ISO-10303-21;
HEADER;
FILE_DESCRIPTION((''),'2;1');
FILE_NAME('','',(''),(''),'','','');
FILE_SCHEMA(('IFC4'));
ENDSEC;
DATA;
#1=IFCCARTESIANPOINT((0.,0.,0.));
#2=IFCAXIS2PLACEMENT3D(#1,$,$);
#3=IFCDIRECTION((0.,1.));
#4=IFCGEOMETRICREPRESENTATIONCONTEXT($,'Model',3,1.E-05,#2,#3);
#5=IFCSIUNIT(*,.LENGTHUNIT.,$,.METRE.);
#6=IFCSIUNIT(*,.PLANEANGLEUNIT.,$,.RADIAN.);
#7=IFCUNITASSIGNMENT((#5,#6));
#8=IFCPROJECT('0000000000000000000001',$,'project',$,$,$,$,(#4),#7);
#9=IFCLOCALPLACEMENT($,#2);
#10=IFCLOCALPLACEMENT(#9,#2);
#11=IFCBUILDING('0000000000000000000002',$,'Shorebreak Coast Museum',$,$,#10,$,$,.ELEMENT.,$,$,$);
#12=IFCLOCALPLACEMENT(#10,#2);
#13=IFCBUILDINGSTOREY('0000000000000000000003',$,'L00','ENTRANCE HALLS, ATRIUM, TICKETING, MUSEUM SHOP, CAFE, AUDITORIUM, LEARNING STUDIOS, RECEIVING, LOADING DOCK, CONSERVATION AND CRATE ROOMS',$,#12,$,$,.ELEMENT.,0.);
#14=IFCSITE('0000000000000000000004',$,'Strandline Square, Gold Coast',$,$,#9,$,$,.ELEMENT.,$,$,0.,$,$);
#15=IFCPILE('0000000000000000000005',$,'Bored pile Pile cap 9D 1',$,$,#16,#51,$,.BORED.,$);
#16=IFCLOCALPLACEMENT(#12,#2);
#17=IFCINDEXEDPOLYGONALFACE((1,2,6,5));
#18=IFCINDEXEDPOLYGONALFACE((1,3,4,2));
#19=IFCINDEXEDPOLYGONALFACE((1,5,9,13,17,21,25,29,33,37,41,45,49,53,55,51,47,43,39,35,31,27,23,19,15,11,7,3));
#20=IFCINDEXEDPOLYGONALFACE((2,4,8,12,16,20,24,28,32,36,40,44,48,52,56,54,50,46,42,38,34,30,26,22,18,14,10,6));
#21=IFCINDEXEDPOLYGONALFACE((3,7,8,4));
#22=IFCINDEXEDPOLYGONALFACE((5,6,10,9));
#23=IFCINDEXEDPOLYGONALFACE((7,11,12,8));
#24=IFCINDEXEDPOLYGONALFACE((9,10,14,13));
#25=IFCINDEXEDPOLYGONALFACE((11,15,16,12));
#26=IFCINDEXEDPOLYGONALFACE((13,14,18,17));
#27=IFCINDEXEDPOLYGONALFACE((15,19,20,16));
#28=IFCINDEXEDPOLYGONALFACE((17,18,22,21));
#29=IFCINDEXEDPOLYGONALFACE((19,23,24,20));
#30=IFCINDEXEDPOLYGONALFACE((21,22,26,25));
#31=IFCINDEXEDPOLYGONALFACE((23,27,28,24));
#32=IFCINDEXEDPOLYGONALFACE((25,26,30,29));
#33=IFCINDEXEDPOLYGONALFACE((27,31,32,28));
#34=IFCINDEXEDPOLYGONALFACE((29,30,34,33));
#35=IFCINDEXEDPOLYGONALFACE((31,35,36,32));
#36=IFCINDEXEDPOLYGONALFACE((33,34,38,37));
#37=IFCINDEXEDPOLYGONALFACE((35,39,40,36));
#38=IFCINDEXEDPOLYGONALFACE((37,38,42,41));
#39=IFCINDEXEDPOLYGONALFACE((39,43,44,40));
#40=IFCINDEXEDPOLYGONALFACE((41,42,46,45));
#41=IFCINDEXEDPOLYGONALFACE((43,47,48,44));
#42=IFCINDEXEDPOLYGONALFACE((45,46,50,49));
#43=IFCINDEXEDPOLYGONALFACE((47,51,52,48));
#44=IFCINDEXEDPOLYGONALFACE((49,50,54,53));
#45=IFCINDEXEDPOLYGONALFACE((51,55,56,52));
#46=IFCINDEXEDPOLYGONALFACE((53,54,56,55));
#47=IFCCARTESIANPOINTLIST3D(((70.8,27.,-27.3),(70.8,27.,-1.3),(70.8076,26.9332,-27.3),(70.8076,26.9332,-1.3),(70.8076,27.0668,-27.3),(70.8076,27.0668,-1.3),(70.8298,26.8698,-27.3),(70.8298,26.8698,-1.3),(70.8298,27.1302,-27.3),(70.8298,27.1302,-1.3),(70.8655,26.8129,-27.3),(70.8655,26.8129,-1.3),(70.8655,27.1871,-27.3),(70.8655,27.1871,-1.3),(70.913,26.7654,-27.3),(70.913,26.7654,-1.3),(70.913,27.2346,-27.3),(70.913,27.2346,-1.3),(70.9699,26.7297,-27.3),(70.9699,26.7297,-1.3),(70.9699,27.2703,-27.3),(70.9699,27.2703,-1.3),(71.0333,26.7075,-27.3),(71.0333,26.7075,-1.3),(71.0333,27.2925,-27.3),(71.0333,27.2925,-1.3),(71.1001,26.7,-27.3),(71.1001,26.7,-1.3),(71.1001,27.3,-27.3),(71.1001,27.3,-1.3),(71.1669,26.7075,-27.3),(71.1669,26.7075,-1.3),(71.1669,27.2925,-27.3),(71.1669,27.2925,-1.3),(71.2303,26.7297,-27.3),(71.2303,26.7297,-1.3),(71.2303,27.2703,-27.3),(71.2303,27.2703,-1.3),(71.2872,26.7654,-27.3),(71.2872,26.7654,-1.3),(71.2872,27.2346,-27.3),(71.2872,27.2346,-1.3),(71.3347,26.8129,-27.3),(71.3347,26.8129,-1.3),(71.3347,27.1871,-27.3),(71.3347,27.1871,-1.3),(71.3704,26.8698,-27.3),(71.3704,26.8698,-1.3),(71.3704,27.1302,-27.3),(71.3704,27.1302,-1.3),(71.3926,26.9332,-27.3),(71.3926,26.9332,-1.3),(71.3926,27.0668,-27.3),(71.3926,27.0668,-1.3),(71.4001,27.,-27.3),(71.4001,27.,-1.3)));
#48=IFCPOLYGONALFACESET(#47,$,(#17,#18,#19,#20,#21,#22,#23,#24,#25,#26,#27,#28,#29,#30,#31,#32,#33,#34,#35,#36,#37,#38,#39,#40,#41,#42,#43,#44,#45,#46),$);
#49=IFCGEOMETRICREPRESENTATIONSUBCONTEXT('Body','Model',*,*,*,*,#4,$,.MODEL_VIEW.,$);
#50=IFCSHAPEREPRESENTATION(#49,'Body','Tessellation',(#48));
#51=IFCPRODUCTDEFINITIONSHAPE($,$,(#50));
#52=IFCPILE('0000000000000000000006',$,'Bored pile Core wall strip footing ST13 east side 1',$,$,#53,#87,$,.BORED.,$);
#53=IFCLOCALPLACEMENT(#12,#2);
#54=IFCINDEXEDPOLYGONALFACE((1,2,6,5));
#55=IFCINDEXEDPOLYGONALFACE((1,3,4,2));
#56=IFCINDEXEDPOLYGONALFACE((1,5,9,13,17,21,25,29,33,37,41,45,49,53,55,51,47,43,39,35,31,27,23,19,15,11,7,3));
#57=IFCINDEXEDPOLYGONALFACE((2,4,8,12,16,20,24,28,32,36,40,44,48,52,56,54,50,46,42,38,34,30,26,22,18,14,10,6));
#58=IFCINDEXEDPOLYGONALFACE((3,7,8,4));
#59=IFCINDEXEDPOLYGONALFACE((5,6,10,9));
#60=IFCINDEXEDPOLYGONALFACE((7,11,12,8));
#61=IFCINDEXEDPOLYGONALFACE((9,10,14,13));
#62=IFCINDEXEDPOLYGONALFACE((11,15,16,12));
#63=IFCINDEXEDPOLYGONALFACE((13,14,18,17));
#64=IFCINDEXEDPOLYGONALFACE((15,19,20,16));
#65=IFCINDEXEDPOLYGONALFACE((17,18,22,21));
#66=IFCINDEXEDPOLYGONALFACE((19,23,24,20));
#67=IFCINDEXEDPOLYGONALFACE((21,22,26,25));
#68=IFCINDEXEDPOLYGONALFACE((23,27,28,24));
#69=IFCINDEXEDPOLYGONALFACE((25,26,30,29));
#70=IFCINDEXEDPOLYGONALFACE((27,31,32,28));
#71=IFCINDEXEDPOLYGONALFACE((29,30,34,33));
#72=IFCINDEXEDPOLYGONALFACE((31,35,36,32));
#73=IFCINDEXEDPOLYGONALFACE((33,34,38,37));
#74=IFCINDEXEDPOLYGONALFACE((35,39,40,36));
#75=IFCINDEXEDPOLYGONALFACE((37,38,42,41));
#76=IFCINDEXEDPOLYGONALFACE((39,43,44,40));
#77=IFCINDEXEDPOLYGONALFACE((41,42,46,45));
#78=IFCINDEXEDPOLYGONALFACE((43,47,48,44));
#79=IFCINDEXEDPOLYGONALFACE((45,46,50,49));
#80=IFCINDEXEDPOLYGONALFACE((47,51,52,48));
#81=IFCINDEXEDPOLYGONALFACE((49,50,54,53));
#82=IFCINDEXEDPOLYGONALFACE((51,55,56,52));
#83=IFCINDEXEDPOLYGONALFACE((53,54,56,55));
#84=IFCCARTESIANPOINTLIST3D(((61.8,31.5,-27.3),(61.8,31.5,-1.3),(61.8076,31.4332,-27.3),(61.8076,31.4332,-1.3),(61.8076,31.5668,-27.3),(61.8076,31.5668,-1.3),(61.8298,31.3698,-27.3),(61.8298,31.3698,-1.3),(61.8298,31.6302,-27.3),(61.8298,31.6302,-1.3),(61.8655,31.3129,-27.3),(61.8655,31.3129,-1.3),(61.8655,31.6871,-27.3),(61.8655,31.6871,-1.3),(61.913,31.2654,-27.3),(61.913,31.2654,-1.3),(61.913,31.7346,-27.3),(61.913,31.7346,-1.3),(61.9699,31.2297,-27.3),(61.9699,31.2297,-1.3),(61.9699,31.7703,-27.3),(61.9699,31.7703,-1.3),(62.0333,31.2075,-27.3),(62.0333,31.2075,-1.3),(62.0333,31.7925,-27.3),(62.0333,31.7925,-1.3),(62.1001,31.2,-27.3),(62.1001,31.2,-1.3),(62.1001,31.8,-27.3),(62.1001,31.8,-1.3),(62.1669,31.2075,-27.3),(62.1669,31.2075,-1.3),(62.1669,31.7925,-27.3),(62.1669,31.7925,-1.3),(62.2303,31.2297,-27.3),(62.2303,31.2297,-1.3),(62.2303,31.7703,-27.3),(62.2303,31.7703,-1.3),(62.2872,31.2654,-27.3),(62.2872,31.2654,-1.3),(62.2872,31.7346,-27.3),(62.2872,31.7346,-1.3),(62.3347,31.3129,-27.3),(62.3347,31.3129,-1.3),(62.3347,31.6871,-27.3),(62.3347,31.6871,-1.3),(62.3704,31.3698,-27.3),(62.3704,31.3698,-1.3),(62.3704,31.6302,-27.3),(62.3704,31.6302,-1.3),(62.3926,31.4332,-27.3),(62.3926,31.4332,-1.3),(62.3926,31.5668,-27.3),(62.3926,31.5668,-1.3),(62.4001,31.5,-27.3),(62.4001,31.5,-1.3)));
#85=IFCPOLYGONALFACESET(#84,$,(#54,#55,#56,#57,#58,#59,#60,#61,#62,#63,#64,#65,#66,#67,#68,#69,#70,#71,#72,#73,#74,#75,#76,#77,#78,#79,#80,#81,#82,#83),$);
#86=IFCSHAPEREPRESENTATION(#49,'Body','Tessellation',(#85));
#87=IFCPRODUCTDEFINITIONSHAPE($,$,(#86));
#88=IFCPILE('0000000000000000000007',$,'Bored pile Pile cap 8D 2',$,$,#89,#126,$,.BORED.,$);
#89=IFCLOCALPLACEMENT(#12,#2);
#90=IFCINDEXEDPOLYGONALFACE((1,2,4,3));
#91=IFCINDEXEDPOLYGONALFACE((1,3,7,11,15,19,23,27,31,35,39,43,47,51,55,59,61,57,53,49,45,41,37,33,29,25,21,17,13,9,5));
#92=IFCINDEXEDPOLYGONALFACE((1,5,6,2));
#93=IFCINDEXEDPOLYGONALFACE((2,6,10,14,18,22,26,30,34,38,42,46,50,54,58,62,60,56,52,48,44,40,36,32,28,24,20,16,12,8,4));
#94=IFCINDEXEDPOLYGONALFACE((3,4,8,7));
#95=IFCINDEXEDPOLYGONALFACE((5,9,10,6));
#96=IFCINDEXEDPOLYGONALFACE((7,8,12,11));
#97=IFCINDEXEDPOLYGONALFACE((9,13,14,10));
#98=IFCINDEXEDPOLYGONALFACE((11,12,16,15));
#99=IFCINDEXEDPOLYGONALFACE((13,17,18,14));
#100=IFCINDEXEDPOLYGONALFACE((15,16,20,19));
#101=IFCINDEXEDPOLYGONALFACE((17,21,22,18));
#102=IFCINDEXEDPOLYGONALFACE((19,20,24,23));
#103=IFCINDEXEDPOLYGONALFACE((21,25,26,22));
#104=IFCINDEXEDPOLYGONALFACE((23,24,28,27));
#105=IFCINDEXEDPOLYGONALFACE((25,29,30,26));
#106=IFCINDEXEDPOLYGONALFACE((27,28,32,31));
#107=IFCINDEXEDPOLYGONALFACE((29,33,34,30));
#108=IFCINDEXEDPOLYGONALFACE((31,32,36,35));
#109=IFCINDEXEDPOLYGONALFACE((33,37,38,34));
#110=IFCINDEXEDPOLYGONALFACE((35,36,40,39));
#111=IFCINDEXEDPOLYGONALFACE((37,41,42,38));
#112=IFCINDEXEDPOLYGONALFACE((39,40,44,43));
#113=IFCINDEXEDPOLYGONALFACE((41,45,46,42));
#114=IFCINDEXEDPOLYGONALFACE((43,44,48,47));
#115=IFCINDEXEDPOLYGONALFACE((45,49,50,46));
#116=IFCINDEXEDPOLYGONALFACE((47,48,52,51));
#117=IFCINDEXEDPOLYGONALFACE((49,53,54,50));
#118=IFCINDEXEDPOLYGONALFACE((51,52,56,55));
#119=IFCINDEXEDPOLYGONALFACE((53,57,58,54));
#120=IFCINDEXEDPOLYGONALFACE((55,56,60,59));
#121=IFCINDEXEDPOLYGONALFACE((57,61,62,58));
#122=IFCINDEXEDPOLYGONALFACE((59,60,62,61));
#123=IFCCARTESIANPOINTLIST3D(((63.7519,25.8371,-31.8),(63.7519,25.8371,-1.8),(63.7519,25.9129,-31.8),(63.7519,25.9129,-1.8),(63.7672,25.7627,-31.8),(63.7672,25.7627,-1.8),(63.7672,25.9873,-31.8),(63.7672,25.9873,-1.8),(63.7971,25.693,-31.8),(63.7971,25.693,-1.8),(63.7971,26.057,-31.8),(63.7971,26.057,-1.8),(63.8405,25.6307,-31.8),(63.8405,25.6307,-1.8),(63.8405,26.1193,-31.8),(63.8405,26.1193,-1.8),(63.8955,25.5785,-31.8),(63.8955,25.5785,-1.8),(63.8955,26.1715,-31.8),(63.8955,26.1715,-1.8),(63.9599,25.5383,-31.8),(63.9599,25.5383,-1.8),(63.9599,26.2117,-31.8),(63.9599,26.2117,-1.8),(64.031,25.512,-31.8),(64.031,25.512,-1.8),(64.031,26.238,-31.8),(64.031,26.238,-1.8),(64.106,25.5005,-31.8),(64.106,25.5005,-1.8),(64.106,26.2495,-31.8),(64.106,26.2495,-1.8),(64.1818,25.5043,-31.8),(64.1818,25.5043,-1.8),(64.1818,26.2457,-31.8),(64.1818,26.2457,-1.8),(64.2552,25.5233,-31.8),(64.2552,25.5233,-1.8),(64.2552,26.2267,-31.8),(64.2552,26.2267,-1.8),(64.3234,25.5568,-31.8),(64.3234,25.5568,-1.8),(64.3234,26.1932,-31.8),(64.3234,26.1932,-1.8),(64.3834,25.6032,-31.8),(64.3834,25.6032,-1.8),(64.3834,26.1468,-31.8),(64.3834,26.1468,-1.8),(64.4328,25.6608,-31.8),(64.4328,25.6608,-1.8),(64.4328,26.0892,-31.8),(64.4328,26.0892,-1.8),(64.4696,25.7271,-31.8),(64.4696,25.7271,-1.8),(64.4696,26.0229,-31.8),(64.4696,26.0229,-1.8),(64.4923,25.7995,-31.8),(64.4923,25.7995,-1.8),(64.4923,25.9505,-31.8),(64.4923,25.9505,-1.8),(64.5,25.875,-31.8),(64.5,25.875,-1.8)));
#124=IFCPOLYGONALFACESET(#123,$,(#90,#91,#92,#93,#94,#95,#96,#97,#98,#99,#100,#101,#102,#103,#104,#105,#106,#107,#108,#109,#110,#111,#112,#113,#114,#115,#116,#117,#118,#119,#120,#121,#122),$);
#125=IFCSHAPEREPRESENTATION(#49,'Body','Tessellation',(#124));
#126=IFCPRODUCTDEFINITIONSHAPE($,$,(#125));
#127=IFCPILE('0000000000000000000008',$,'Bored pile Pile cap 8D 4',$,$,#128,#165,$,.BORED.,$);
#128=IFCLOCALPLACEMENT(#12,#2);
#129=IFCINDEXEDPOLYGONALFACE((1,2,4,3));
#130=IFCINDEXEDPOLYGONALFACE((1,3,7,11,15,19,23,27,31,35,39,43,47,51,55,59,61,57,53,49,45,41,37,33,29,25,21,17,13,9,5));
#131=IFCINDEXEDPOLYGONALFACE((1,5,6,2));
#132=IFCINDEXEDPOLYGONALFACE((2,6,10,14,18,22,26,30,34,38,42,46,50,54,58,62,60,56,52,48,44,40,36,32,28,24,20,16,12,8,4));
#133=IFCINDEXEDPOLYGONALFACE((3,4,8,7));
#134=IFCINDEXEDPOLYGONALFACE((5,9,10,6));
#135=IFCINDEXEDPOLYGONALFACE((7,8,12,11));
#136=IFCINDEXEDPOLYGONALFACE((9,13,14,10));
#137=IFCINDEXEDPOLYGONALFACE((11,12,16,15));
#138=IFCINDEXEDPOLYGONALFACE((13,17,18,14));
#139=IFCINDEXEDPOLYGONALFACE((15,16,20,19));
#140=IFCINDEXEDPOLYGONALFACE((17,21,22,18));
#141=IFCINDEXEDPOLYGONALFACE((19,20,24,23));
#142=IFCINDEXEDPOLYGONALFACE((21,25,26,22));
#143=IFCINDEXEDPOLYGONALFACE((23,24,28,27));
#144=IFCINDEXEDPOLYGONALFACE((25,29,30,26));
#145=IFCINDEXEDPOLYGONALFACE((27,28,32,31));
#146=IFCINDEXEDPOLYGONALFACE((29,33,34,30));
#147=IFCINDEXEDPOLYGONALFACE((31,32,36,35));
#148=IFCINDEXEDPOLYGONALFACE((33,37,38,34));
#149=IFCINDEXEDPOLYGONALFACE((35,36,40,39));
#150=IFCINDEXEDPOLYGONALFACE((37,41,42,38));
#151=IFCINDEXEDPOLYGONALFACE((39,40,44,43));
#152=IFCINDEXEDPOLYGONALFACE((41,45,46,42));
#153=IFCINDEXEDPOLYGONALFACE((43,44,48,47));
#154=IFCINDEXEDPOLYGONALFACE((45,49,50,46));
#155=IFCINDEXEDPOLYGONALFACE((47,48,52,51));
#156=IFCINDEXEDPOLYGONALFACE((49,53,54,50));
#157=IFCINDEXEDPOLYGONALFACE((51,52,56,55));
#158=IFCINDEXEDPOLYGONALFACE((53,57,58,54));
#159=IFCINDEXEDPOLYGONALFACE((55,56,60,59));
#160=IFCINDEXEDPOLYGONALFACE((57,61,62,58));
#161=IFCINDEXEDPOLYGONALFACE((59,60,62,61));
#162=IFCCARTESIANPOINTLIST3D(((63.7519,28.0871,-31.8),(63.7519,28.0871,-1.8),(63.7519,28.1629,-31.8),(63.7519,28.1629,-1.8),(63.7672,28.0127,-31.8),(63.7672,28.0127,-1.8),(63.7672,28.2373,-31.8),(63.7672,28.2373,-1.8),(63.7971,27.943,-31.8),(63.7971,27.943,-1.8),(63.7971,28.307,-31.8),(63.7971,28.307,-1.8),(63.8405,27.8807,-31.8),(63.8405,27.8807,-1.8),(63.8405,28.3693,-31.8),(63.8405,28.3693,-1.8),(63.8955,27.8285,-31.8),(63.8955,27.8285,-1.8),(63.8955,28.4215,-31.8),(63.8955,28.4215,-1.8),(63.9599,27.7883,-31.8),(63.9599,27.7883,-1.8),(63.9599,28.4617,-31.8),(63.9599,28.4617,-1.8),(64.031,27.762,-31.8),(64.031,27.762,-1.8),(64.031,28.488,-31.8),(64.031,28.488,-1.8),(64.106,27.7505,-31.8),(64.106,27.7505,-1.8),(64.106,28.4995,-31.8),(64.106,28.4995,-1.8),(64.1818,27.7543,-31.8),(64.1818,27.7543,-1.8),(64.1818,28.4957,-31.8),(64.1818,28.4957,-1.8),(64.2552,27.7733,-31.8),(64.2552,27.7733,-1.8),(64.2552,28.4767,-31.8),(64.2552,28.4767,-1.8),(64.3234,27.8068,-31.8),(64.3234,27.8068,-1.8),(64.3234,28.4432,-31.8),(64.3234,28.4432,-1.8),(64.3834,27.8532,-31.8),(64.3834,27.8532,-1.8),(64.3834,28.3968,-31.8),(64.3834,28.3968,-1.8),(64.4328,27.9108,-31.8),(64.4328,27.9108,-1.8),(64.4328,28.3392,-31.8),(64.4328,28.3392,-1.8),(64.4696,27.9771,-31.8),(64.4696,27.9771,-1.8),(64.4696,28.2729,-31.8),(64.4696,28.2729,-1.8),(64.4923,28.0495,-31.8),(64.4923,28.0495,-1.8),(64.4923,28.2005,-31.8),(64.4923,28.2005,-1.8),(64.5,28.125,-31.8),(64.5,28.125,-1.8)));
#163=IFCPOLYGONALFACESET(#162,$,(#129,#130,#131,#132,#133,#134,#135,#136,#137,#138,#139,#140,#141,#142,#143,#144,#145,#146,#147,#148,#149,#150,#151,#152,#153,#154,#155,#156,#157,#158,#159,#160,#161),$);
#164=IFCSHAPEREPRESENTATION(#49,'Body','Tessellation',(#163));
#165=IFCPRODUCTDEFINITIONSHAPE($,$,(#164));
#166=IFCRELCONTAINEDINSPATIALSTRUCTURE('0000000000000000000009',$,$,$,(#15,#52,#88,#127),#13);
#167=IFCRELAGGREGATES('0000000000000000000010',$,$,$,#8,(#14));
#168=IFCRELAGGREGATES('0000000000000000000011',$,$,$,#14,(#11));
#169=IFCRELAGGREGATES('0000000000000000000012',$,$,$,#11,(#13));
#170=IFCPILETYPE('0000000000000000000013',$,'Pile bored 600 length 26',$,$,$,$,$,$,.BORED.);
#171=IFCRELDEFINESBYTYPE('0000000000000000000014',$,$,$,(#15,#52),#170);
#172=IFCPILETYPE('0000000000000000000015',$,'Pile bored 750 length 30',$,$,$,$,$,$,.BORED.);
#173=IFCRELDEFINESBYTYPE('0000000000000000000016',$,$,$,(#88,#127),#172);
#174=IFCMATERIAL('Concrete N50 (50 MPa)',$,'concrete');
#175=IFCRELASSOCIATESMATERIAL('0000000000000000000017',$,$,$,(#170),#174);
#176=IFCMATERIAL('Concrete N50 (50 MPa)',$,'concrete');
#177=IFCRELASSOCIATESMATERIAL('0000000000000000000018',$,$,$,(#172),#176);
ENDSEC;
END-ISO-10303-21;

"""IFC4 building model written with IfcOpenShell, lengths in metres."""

from ifc_helpers import new_model, si_unit, direction, frame, origin, origin_2d, place, context, subcontext, project, spatial, circle, extrude, material, material_profile, profile_set, type_object, element, save


model = new_model("IFC4")

# Units and contexts
model_context = context("Model", 3, precision=1e-05, world=origin(), true_north=direction((0.0, 1.0)))
body_context = subcontext(model_context, "Body", "Model", "MODEL_VIEW")
ifc_project = project(units=[si_unit("LENGTHUNIT", "METRE"), si_unit("PLANEANGLEUNIT", "RADIAN")], contexts=[model_context])

# Site, building, storey
site_placement = place(None, origin())
site = spatial("IfcSite", under=ifc_project, at=site_placement, Name="Strandline Square, Gold Coast", CompositionType="ELEMENT", RefElevation=0.0)
building_placement = place(site_placement, origin())
building = spatial("IfcBuilding", under=site, at=building_placement, Name="Shorebreak Coast Museum", CompositionType="ELEMENT")
storey_placement = place(building_placement, origin())
storey = spatial("IfcBuildingStorey", under=building, at=storey_placement, Name="L00", Description="ENTRANCE HALLS, ATRIUM, TICKETING, MUSEUM SHOP, CAFE, AUDITORIUM, LEARNING STUDIOS, RECEIVING, LOADING DOCK, CONSERVATION AND CRATE ROOMS", CompositionType="ELEMENT", Elevation=0.0)

# Piles
ifc_material_1 = material(Name="Concrete N50 (50 MPa)", Category="concrete")
ifc_material_profile_1 = material_profile(ifc_material_1, circle(Radius=0.3, at=origin_2d()), Name="Pile bored 600 length 26")
ifc_profile_set_1 = profile_set([ifc_material_profile_1], Name="Concrete N50 (50 MPa)")
pile_type_1 = type_object("IfcPileType", Name="Pile bored 600 length 26", PredefinedType="BORED", material=ifc_profile_set_1)
for number, where, z_axis, x_axis, name in (
    (1, (71.1001, 27.0, -1.3), (0.0, 0.0, -1.0), (1.0, 0.0, 0.0), "Bored pile Pile cap 9D 1"),
    (2, (62.1001, 31.5, -1.3), (0.0, 0.0, -1.0), (1.0, 0.0, 0.0), "Bored pile Core wall strip footing ST13 east side 1"),
):
    element("IfcPile", number, at=place(storey_placement, frame(where, z_axis=z_axis, x_axis=x_axis)), inside=storey, type_object=pile_type_1, Name=name, PredefinedType="BORED", context=body_context, shape_type="SweptSolid", body=[
        extrude(circle(Radius=0.3, at=origin_2d()), origin(), (0.0, 0.0, 1.0), 26.0),
    ])
ifc_material_2 = material(Name="Concrete N50 (50 MPa)", Category="concrete")
ifc_material_profile_2 = material_profile(ifc_material_2, circle(Radius=0.375, at=origin_2d()), Name="Pile bored 750 length 30")
ifc_profile_set_2 = profile_set([ifc_material_profile_2], Name="Concrete N50 (50 MPa)")
pile_type_2 = type_object("IfcPileType", Name="Pile bored 750 length 30", PredefinedType="BORED", material=ifc_profile_set_2)
for number, where, z_axis, x_axis, name in (
    (3, (64.125, 25.875, -1.8), (0.0, 0.0, -1.0), (1.0, 0.0, 0.0), "Bored pile Pile cap 8D 2"),
    (4, (64.125, 28.125, -1.8), (0.0, 0.0, -1.0), (1.0, 0.0, 0.0), "Bored pile Pile cap 8D 4"),
):
    element("IfcPile", number, at=place(storey_placement, frame(where, z_axis=z_axis, x_axis=x_axis)), inside=storey, type_object=pile_type_2, Name=name, PredefinedType="BORED", context=body_context, shape_type="SweptSolid", body=[
        extrude(circle(Radius=0.375, at=origin_2d()), origin(), (0.0, 0.0, 1.0), 30.0),
    ])

save(model, "model.ifc")
